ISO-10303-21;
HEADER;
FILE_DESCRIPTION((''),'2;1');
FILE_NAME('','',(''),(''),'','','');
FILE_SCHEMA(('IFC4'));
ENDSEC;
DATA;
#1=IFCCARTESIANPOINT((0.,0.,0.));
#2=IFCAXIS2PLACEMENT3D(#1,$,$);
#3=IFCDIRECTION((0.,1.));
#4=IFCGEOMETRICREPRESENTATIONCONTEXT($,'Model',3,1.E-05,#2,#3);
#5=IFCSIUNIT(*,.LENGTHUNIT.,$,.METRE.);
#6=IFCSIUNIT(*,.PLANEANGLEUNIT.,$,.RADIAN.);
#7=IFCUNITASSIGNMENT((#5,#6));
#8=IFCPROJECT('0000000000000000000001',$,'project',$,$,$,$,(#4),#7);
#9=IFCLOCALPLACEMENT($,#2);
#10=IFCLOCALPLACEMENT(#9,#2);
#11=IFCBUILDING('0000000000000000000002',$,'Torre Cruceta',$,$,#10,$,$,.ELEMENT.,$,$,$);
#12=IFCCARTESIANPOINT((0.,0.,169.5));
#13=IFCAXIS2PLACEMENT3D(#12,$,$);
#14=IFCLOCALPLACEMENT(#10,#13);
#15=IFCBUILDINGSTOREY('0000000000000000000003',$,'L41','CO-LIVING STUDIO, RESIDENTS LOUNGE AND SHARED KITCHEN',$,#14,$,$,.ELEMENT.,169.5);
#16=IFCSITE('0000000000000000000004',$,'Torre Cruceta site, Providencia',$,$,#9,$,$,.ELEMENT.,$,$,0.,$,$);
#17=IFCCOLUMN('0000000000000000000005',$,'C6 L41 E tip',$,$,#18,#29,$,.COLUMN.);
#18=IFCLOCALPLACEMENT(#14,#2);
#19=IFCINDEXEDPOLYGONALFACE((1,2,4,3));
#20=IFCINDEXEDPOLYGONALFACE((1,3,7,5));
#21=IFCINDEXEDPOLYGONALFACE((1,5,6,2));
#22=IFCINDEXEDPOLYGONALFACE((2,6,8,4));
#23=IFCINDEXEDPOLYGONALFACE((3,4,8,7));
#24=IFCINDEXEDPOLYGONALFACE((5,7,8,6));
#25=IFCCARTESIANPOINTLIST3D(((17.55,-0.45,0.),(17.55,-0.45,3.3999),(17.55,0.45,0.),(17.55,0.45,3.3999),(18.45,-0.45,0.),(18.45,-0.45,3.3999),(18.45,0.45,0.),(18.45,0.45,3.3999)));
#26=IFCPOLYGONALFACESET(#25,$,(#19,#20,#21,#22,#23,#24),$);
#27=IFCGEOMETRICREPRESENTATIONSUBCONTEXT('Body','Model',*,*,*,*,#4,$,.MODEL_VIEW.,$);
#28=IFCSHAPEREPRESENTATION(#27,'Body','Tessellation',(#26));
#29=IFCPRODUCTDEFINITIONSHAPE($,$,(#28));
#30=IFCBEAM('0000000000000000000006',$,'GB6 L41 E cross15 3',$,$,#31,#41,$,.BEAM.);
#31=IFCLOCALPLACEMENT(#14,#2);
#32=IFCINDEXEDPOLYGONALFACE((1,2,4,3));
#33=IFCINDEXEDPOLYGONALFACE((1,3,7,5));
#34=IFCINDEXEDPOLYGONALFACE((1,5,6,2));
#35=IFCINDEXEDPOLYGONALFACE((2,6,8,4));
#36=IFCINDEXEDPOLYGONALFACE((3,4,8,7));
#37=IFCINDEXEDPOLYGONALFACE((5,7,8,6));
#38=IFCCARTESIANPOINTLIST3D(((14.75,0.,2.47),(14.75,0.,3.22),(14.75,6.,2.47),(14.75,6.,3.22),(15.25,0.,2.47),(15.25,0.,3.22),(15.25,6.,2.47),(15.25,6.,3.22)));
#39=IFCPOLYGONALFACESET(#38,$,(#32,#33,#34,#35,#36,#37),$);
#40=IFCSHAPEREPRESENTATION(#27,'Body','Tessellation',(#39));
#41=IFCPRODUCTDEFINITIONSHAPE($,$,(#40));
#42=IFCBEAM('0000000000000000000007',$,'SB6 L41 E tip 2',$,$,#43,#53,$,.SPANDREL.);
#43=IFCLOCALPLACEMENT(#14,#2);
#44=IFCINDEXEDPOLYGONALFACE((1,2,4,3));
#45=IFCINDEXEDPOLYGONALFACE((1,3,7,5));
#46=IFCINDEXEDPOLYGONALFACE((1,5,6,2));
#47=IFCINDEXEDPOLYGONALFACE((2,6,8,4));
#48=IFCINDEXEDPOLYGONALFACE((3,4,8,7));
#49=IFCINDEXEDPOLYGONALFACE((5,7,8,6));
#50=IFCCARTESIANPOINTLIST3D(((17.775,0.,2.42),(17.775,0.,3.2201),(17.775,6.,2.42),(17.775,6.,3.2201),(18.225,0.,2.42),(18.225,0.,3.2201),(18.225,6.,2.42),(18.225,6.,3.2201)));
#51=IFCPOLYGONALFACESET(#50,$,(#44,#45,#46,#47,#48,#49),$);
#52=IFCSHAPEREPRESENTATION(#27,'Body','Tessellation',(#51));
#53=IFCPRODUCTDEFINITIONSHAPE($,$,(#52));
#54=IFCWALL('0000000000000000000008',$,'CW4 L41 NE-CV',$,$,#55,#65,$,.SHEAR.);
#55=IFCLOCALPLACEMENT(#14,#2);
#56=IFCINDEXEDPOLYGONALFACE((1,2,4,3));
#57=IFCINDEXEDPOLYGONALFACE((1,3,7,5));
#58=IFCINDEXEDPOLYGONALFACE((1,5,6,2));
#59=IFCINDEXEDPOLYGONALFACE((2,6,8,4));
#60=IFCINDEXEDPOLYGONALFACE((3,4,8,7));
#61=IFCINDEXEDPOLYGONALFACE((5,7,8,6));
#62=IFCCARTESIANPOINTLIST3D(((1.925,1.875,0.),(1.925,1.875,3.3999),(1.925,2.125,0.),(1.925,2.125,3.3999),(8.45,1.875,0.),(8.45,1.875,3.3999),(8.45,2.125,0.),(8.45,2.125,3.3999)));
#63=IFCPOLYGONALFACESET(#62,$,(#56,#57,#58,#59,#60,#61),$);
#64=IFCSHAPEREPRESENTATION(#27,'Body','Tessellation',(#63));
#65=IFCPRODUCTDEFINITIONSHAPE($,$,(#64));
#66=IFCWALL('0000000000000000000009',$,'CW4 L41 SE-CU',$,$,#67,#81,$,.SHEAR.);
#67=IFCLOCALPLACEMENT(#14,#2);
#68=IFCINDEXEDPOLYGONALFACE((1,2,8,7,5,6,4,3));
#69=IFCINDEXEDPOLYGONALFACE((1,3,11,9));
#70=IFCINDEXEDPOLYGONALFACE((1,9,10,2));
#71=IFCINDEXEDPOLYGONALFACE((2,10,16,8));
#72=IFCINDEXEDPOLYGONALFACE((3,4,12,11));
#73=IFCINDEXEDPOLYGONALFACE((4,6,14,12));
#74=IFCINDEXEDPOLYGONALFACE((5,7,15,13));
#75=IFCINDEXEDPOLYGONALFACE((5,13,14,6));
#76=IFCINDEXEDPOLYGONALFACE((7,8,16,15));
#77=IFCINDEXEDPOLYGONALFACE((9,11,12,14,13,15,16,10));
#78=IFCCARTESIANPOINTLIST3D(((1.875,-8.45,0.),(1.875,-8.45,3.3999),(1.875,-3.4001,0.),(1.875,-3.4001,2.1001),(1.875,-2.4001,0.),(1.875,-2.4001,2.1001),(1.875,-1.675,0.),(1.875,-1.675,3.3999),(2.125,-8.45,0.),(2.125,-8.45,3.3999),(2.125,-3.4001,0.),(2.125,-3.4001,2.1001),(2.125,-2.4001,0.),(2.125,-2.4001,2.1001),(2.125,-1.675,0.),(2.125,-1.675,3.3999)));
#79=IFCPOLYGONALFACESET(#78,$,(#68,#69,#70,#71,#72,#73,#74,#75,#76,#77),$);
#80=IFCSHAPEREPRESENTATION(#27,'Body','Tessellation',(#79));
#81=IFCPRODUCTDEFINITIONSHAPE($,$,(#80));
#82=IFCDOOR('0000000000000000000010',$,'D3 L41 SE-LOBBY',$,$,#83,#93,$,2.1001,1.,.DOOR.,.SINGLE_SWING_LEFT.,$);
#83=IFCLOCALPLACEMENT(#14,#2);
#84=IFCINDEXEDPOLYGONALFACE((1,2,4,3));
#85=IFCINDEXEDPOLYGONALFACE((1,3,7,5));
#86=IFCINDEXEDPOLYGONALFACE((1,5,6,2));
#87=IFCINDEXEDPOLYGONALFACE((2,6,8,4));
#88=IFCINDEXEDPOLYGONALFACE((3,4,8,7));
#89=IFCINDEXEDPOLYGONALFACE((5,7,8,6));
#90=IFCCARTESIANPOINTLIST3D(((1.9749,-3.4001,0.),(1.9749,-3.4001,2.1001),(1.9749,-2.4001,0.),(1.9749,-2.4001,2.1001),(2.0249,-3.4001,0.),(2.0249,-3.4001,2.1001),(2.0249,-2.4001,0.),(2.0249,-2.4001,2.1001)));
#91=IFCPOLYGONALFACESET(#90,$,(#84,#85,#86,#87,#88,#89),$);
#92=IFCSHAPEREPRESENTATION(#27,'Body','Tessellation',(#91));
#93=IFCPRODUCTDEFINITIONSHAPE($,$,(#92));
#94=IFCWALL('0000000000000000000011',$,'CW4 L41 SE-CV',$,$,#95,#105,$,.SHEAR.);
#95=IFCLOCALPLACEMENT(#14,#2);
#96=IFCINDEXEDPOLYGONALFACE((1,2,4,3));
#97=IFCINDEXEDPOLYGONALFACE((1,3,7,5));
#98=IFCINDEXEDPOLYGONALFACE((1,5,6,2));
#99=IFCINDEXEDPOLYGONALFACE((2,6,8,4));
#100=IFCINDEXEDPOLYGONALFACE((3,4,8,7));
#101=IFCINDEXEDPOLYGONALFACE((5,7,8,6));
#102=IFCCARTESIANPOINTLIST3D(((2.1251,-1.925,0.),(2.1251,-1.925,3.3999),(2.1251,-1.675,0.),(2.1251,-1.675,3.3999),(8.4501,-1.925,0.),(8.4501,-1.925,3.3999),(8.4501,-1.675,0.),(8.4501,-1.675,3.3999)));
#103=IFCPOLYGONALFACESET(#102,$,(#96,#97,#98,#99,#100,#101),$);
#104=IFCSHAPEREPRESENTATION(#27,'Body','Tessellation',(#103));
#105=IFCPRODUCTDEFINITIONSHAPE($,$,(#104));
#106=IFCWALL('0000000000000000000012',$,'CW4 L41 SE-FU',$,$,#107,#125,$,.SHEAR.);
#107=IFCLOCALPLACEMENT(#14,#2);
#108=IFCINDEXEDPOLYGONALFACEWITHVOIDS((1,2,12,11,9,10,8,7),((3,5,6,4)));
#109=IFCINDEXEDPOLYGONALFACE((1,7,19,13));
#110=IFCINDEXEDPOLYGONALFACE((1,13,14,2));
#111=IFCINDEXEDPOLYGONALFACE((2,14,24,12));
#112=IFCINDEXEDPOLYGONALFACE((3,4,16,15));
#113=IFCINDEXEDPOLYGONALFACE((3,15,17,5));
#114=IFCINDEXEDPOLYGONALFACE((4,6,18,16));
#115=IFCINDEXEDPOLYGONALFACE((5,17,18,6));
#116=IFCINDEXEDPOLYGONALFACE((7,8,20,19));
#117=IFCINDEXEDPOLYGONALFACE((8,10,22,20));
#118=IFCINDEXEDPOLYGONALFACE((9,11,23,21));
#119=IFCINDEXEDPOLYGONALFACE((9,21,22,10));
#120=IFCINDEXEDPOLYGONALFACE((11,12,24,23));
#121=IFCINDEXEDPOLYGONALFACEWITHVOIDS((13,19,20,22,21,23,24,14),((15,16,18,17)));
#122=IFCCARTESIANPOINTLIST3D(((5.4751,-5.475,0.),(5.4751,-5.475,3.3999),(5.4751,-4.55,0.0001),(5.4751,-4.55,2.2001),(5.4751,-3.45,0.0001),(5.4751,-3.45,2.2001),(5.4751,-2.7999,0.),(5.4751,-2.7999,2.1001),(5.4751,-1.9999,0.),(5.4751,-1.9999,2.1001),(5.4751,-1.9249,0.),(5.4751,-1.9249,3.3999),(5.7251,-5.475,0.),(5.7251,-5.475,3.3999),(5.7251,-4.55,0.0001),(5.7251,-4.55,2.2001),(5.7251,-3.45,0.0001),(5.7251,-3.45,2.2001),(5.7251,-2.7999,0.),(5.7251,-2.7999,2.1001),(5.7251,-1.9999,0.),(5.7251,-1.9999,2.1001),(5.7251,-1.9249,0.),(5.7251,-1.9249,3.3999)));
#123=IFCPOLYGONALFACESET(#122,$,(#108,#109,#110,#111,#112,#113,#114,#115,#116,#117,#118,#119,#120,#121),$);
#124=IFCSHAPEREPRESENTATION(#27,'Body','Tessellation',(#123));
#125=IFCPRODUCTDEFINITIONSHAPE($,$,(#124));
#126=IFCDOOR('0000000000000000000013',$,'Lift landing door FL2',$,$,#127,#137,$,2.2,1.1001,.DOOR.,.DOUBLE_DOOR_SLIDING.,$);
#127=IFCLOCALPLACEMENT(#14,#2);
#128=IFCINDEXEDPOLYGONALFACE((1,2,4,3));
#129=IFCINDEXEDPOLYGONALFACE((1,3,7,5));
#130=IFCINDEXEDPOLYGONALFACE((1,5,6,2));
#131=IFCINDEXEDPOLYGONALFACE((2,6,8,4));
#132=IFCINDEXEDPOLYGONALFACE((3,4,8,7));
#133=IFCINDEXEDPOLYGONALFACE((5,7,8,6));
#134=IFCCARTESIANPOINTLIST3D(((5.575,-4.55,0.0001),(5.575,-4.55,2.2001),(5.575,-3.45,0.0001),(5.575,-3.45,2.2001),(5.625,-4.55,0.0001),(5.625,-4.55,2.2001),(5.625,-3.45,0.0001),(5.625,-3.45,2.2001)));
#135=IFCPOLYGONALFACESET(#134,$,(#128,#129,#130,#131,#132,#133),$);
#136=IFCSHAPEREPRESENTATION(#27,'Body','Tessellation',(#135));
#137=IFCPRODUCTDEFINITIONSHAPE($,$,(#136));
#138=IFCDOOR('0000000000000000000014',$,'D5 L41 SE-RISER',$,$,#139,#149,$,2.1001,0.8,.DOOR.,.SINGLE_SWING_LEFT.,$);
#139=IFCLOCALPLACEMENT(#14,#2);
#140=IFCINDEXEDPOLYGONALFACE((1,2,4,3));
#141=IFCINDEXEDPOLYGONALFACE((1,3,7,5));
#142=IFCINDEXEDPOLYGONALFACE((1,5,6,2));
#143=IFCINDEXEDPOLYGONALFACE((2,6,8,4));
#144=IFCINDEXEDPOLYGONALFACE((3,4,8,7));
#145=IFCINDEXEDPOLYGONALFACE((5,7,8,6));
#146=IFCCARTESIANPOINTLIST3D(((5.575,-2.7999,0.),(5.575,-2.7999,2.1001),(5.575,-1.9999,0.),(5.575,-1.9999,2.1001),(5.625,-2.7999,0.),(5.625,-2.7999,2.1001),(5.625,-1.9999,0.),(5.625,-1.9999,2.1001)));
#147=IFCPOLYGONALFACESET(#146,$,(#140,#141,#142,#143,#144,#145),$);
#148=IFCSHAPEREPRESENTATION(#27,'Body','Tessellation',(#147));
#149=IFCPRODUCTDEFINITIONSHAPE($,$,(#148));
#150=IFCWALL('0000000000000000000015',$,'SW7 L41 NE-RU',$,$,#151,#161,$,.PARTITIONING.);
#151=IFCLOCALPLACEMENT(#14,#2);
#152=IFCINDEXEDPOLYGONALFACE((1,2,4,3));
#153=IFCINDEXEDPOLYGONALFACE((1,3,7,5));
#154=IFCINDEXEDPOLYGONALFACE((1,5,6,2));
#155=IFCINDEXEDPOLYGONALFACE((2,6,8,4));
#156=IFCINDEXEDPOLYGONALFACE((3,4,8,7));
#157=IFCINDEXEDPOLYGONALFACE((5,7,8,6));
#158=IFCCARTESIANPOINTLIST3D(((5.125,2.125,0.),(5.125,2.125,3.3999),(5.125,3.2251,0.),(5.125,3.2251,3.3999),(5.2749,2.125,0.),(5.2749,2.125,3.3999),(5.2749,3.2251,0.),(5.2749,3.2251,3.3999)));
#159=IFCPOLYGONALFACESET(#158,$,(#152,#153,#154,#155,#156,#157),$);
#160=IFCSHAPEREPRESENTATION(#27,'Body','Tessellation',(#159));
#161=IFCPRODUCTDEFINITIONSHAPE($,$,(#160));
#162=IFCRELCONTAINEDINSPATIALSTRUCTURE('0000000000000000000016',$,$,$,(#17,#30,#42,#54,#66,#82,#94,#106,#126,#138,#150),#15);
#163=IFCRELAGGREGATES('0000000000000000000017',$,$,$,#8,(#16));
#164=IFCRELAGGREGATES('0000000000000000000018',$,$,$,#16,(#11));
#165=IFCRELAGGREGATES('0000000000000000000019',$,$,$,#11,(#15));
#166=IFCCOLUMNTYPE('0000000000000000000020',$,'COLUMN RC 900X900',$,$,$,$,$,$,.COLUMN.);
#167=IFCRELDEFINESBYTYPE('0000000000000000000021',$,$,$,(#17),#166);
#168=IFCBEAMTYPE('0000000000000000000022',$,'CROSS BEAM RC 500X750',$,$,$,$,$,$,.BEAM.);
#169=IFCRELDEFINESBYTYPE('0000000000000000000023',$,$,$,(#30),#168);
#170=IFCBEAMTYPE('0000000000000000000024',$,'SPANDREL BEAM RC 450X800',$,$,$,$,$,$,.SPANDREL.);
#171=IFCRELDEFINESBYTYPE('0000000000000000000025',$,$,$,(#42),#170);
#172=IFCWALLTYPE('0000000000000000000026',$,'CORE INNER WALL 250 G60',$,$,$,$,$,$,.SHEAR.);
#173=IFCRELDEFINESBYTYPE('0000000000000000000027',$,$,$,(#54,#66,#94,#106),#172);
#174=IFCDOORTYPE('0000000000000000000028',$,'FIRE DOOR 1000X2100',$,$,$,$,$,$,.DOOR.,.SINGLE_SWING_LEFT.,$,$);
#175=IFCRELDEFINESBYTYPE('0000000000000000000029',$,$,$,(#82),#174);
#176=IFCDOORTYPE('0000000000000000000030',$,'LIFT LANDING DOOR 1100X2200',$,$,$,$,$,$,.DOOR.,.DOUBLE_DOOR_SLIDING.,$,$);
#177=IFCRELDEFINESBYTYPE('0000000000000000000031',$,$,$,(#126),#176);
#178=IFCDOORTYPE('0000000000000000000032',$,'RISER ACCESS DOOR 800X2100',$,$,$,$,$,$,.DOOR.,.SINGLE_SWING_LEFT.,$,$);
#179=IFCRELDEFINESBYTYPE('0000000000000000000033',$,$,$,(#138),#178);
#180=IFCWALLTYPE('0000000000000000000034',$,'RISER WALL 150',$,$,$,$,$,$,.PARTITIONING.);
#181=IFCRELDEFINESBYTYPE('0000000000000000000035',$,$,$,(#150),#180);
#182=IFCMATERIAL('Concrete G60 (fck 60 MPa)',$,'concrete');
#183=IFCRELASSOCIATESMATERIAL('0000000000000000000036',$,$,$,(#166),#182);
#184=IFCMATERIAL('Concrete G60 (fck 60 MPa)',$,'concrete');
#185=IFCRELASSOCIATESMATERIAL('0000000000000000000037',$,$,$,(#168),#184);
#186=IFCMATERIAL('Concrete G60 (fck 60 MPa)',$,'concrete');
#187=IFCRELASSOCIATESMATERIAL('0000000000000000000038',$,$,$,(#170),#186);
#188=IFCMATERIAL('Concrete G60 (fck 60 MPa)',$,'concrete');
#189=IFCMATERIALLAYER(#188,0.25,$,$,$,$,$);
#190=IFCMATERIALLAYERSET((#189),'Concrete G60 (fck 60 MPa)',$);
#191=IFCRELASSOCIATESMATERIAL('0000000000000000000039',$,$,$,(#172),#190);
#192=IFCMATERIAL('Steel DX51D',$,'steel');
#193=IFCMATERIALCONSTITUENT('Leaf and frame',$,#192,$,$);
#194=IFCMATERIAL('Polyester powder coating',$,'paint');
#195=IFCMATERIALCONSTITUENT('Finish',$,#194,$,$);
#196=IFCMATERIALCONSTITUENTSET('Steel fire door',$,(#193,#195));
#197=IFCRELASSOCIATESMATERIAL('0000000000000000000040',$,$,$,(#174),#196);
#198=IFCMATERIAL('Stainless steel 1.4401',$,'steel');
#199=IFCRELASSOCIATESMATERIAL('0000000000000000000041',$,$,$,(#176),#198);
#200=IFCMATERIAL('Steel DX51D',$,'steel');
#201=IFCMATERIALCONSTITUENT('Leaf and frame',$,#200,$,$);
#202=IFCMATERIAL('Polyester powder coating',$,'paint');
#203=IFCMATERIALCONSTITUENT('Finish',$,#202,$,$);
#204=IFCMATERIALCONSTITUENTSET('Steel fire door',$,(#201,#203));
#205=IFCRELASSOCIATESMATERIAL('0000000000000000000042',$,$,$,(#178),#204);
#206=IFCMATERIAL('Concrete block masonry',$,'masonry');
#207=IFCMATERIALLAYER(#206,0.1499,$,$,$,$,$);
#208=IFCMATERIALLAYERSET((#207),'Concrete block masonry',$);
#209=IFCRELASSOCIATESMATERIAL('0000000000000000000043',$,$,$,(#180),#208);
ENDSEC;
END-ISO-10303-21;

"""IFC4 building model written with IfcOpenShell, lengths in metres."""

from ifc_helpers import new_model, si_unit, direction, frame, frame_2d, origin, origin_2d, place, context, subcontext, project, spatial, rectangle, extrude, material, layer, layer_set, constituent, constituent_set, material_profile, profile_set, type_object, element, fill, save


model = new_model("IFC4")

# Units and contexts
model_context = context("Model", 3, precision=1e-05, world=origin(), true_north=direction((0.0, 1.0)))
body_context = subcontext(model_context, "Body", "Model", "MODEL_VIEW")
ifc_project = project(units=[si_unit("LENGTHUNIT", "METRE"), si_unit("PLANEANGLEUNIT", "RADIAN")], contexts=[model_context])

# Site, building, storey
site_placement = place(None, origin())
site = spatial("IfcSite", under=ifc_project, at=site_placement, Name="Torre Cruceta site, Providencia", CompositionType="ELEMENT", RefElevation=0.0)
building_placement = place(site_placement, origin())
building = spatial("IfcBuilding", under=site, at=building_placement, Name="Torre Cruceta", CompositionType="ELEMENT")
storey_placement = place(building_placement, frame((0.0, 0.0, 169.5)))
storey = spatial("IfcBuildingStorey", under=building, at=storey_placement, Name="L41", Description="CO-LIVING STUDIO, RESIDENTS LOUNGE AND SHARED KITCHEN", CompositionType="ELEMENT", Elevation=169.5)

# Column
ifc_material_1 = material(Name="Concrete G60 (fck 60 MPa)", Category="concrete")
ifc_material_profile_1 = material_profile(ifc_material_1, rectangle(XDim=0.8999, YDim=0.8999, at=origin_2d()), Name="RC 900X900")
ifc_profile_set_1 = profile_set([ifc_material_profile_1], Name="Concrete G60 (fck 60 MPa)")
column_type = type_object("IfcColumnType", Name="COLUMN RC 900X900", PredefinedType="COLUMN", material=ifc_profile_set_1)
column_placement = place(storey_placement, frame((18.0, 0.0, 0.0), z_axis=(0.0, 0.0, 1.0), x_axis=(1.0, 0.0, 0.0)))
element("IfcColumn", 1, at=column_placement, inside=storey, type_object=column_type, Name="C6 L41 E tip", PredefinedType="COLUMN", context=body_context, shape_type="SweptSolid", body=[
    extrude(rectangle(XDim=0.8999, YDim=0.8999, at=origin_2d()), origin(), (0.0, 0.0, 1.0), 3.3999),
])

# Beams
ifc_material_2 = material(Name="Concrete G60 (fck 60 MPa)", Category="concrete")
ifc_material_profile_2 = material_profile(ifc_material_2, rectangle(XDim=0.5, YDim=0.75, at=origin_2d()), Name="RC 500X750")
ifc_profile_set_2 = profile_set([ifc_material_profile_2], Name="Concrete G60 (fck 60 MPa)")
beam_type_1 = type_object("IfcBeamType", Name="CROSS BEAM RC 500X750", PredefinedType="BEAM", material=ifc_profile_set_2)
beam_1_placement = place(storey_placement, frame((15.0, 0.0, 2.845), z_axis=(0.0, 1.0, 0.0), x_axis=(-1.0, 0.0, 0.0)))
element("IfcBeam", 2, at=beam_1_placement, inside=storey, type_object=beam_type_1, Name="GB6 L41 E cross15 3", PredefinedType="BEAM", context=body_context, shape_type="SweptSolid", body=[
    extrude(rectangle(XDim=0.5, YDim=0.75, at=origin_2d()), origin(), (0.0, 0.0, 1.0), 6.0),
])
ifc_material_3 = material(Name="Concrete G60 (fck 60 MPa)", Category="concrete")
ifc_material_profile_3 = material_profile(ifc_material_3, rectangle(XDim=0.45, YDim=0.8, at=origin_2d()), Name="RC 450X800")
ifc_profile_set_3 = profile_set([ifc_material_profile_3], Name="Concrete G60 (fck 60 MPa)")
beam_type_2 = type_object("IfcBeamType", Name="SPANDREL BEAM RC 450X800", PredefinedType="SPANDREL", material=ifc_profile_set_3)
beam_2_placement = place(storey_placement, frame((18.0, 0.0, 2.8201), z_axis=(0.0, 1.0, 0.0), x_axis=(-1.0, 0.0, 0.0)))
element("IfcBeam", 3, at=beam_2_placement, inside=storey, type_object=beam_type_2, Name="SB6 L41 E tip 2", PredefinedType="SPANDREL", context=body_context, shape_type="SweptSolid", body=[
    extrude(rectangle(XDim=0.45, YDim=0.8, at=origin_2d()), origin(), (0.0, 0.0, 1.0), 6.0),
])

# Shared definitions
ifc_material_4 = material(Name="Concrete G60 (fck 60 MPa)", Category="concrete")
ifc_layer_1 = layer(ifc_material_4, 0.25)
ifc_layer_set_1 = layer_set([ifc_layer_1], Name="Concrete G60 (fck 60 MPa)")
wall_type_1 = type_object("IfcWallType", Name="CORE INNER WALL 250 G60", PredefinedType="SHEAR", material=ifc_layer_set_1)

# Wall
wall_1_placement = place(storey_placement, frame((1.925, 2.0, 0.0), z_axis=(0.0, 0.0, 1.0), x_axis=(1.0, 0.0, 0.0)))
element("IfcWall", 4, at=wall_1_placement, inside=storey, type_object=wall_type_1, Name="CW4 L41 NE-CV", PredefinedType="SHEAR", context=body_context, shape_type="SweptSolid", body=[
    extrude(rectangle(XDim=6.5249, YDim=0.25, at=frame_2d((3.2625, 0.0))), origin(), (0.0, 0.0, 1.0), 3.3999),
])

# Wall, opening, door
wall_2_placement = place(storey_placement, frame((2.0, -1.675, 0.0), z_axis=(0.0, 0.0, 1.0), x_axis=(0.0, -1.0, 0.0)))
wall_2 = element("IfcWall", 5, at=wall_2_placement, inside=storey, type_object=wall_type_1, Name="CW4 L41 SE-CU", PredefinedType="SHEAR", context=body_context, shape_type="SweptSolid", body=[
    extrude(rectangle(XDim=6.7749, YDim=0.25, at=frame_2d((3.3875, 0.0))), origin(), (0.0, 0.0, 1.0), 3.3999),
])
opening_1_placement = place(wall_2_placement, frame((0.7251, 0.0, 0.0)))
opening_1 = element("IfcOpeningElement", 6, at=opening_1_placement, cuts=wall_2, PredefinedType="OPENING", context=body_context, shape_type="SweptSolid", body=[
    extrude(rectangle(XDim=1.0, YDim=2.1001, at=frame_2d((0.5, 1.05))), frame((0.0, 0.135, 0.0), z_axis=(0.0, -1.0, 0.0), x_axis=(1.0, 0.0, 0.0)), (0.0, 0.0, 1.0), 0.27),
])
ifc_material_5 = material(Name="Steel DX51D", Category="steel")
ifc_constituent_1 = constituent(ifc_material_5, Name="Leaf and frame")
ifc_material_6 = material(Name="Polyester powder coating", Category="paint")
ifc_constituent_2 = constituent(ifc_material_6, Name="Finish")
ifc_constituent_set_1 = constituent_set(constituents=[ifc_constituent_1, ifc_constituent_2], Name="Steel fire door")
door_type_1 = type_object("IfcDoorType", Name="FIRE DOOR 1000X2100", OperationType="SINGLE_SWING_LEFT", PredefinedType="DOOR", material=ifc_constituent_set_1)
door_1_placement = place(opening_1_placement, origin())
door_1 = element("IfcDoor", 7, at=door_1_placement, inside=storey, type_object=door_type_1, Name="D3 L41 SE-LOBBY", OperationType="SINGLE_SWING_LEFT", OverallHeight=2.1001, OverallWidth=1.0, PredefinedType="DOOR", context=body_context, shape_type="SweptSolid", body=[
    extrude(rectangle(XDim=1.0, YDim=2.1001, at=frame_2d((0.5, 1.05))), frame((0.0, 0.0249, 0.0), z_axis=(0.0, -1.0, 0.0), x_axis=(1.0, 0.0, 0.0)), (0.0, 0.0, 1.0), 0.05),
])
fill(opening_1, door_1)

# Wall
wall_3_placement = place(storey_placement, frame((2.125, -1.8, 0.0), z_axis=(0.0, 0.0, 1.0), x_axis=(1.0, 0.0, 0.0)))
element("IfcWall", 8, at=wall_3_placement, inside=storey, type_object=wall_type_1, Name="CW4 L41 SE-CV", PredefinedType="SHEAR", context=body_context, shape_type="SweptSolid", body=[
    extrude(rectangle(XDim=6.325, YDim=0.25, at=frame_2d((3.1626, 0.0))), origin(), (0.0, 0.0, 1.0), 3.3999),
])

# Wall, openings, doors
wall_4_placement = place(storey_placement, frame((5.6001, -1.925, 0.0), z_axis=(0.0, 0.0, 1.0), x_axis=(0.0, -1.0, 0.0)))
wall_4 = element("IfcWall", 9, at=wall_4_placement, inside=storey, type_object=wall_type_1, Name="CW4 L41 SE-FU", PredefinedType="SHEAR", context=body_context, shape_type="SweptSolid", body=[
    extrude(rectangle(XDim=3.55, YDim=0.25, at=frame_2d((1.7749, 0.0))), origin(), (0.0, 0.0, 1.0), 3.3999),
])
opening_2_placement = place(wall_4_placement, frame((1.5249, 0.0, 0.0)))
opening_2 = element("IfcOpeningElement", 10, at=opening_2_placement, cuts=wall_4, PredefinedType="OPENING", context=body_context, shape_type="SweptSolid", body=[
    extrude(rectangle(XDim=1.1001, YDim=2.2, at=frame_2d((0.55, 1.1001))), frame((0.0, 0.135, 0.0), z_axis=(0.0, -1.0, 0.0), x_axis=(1.0, 0.0, 0.0)), (0.0, 0.0, 1.0), 0.27),
])
opening_3_placement = place(wall_4_placement, frame((0.075, 0.0, 0.0)))
opening_3 = element("IfcOpeningElement", 11, at=opening_3_placement, cuts=wall_4, PredefinedType="OPENING", context=body_context, shape_type="SweptSolid", body=[
    extrude(rectangle(XDim=0.8, YDim=2.1001, at=frame_2d((0.3999, 1.05))), frame((0.0, 0.135, 0.0), z_axis=(0.0, -1.0, 0.0), x_axis=(1.0, 0.0, 0.0)), (0.0, 0.0, 1.0), 0.27),
])
ifc_material_7 = material(Name="Stainless steel 1.4401", Category="steel")
door_type_2 = type_object("IfcDoorType", Name="LIFT LANDING DOOR 1100X2200", OperationType="DOUBLE_DOOR_SLIDING", PredefinedType="DOOR", material=ifc_material_7)
door_2_placement = place(opening_2_placement, origin())
door_2 = element("IfcDoor", 12, at=door_2_placement, inside=storey, type_object=door_type_2, Name="Lift landing door FL2", OperationType="DOUBLE_DOOR_SLIDING", OverallHeight=2.2, OverallWidth=1.1001, PredefinedType="DOOR", context=body_context, shape_type="SweptSolid", body=[
    extrude(rectangle(XDim=1.1001, YDim=2.2, at=frame_2d((0.55, 1.1001))), frame((0.0, 0.0249, 0.0), z_axis=(0.0, -1.0, 0.0), x_axis=(1.0, 0.0, 0.0)), (0.0, 0.0, 1.0), 0.05),
])
fill(opening_2, door_2)
ifc_material_8 = material(Name="Steel DX51D", Category="steel")
ifc_constituent_3 = constituent(ifc_material_8, Name="Leaf and frame")
ifc_material_9 = material(Name="Polyester powder coating", Category="paint")
ifc_constituent_4 = constituent(ifc_material_9, Name="Finish")
ifc_constituent_set_2 = constituent_set(constituents=[ifc_constituent_3, ifc_constituent_4], Name="Steel fire door")
door_type_3 = type_object("IfcDoorType", Name="RISER ACCESS DOOR 800X2100", OperationType="SINGLE_SWING_LEFT", PredefinedType="DOOR", material=ifc_constituent_set_2)
door_3_placement = place(opening_3_placement, origin())
door_3 = element("IfcDoor", 13, at=door_3_placement, inside=storey, type_object=door_type_3, Name="D5 L41 SE-RISER", OperationType="SINGLE_SWING_LEFT", OverallHeight=2.1001, OverallWidth=0.8, PredefinedType="DOOR", context=body_context, shape_type="SweptSolid", body=[
    extrude(rectangle(XDim=0.8, YDim=2.1001, at=frame_2d((0.3999, 1.05))), frame((0.0, 0.0249, 0.0), z_axis=(0.0, -1.0, 0.0), x_axis=(1.0, 0.0, 0.0)), (0.0, 0.0, 1.0), 0.05),
])
fill(opening_3, door_3)

# Wall
ifc_material_10 = material(Name="Concrete block masonry", Category="masonry")
ifc_layer_2 = layer(ifc_material_10, 0.1499)
ifc_layer_set_2 = layer_set([ifc_layer_2], Name="Concrete block masonry")
wall_type_2 = type_object("IfcWallType", Name="RISER WALL 150", PredefinedType="PARTITIONING", material=ifc_layer_set_2)
wall_5_placement = place(storey_placement, frame((5.2, 2.125, 0.0), z_axis=(0.0, 0.0, 1.0), x_axis=(0.0, 1.0, 0.0)))
element("IfcWall", 14, at=wall_5_placement, inside=storey, type_object=wall_type_2, Name="SW7 L41 NE-RU", PredefinedType="PARTITIONING", context=body_context, shape_type="SweptSolid", body=[
    extrude(rectangle(XDim=1.1001, YDim=0.1499, at=frame_2d((0.55, 0.0))), origin(), (0.0, 0.0, 1.0), 3.3999),
])

save(model, "model.ifc")
